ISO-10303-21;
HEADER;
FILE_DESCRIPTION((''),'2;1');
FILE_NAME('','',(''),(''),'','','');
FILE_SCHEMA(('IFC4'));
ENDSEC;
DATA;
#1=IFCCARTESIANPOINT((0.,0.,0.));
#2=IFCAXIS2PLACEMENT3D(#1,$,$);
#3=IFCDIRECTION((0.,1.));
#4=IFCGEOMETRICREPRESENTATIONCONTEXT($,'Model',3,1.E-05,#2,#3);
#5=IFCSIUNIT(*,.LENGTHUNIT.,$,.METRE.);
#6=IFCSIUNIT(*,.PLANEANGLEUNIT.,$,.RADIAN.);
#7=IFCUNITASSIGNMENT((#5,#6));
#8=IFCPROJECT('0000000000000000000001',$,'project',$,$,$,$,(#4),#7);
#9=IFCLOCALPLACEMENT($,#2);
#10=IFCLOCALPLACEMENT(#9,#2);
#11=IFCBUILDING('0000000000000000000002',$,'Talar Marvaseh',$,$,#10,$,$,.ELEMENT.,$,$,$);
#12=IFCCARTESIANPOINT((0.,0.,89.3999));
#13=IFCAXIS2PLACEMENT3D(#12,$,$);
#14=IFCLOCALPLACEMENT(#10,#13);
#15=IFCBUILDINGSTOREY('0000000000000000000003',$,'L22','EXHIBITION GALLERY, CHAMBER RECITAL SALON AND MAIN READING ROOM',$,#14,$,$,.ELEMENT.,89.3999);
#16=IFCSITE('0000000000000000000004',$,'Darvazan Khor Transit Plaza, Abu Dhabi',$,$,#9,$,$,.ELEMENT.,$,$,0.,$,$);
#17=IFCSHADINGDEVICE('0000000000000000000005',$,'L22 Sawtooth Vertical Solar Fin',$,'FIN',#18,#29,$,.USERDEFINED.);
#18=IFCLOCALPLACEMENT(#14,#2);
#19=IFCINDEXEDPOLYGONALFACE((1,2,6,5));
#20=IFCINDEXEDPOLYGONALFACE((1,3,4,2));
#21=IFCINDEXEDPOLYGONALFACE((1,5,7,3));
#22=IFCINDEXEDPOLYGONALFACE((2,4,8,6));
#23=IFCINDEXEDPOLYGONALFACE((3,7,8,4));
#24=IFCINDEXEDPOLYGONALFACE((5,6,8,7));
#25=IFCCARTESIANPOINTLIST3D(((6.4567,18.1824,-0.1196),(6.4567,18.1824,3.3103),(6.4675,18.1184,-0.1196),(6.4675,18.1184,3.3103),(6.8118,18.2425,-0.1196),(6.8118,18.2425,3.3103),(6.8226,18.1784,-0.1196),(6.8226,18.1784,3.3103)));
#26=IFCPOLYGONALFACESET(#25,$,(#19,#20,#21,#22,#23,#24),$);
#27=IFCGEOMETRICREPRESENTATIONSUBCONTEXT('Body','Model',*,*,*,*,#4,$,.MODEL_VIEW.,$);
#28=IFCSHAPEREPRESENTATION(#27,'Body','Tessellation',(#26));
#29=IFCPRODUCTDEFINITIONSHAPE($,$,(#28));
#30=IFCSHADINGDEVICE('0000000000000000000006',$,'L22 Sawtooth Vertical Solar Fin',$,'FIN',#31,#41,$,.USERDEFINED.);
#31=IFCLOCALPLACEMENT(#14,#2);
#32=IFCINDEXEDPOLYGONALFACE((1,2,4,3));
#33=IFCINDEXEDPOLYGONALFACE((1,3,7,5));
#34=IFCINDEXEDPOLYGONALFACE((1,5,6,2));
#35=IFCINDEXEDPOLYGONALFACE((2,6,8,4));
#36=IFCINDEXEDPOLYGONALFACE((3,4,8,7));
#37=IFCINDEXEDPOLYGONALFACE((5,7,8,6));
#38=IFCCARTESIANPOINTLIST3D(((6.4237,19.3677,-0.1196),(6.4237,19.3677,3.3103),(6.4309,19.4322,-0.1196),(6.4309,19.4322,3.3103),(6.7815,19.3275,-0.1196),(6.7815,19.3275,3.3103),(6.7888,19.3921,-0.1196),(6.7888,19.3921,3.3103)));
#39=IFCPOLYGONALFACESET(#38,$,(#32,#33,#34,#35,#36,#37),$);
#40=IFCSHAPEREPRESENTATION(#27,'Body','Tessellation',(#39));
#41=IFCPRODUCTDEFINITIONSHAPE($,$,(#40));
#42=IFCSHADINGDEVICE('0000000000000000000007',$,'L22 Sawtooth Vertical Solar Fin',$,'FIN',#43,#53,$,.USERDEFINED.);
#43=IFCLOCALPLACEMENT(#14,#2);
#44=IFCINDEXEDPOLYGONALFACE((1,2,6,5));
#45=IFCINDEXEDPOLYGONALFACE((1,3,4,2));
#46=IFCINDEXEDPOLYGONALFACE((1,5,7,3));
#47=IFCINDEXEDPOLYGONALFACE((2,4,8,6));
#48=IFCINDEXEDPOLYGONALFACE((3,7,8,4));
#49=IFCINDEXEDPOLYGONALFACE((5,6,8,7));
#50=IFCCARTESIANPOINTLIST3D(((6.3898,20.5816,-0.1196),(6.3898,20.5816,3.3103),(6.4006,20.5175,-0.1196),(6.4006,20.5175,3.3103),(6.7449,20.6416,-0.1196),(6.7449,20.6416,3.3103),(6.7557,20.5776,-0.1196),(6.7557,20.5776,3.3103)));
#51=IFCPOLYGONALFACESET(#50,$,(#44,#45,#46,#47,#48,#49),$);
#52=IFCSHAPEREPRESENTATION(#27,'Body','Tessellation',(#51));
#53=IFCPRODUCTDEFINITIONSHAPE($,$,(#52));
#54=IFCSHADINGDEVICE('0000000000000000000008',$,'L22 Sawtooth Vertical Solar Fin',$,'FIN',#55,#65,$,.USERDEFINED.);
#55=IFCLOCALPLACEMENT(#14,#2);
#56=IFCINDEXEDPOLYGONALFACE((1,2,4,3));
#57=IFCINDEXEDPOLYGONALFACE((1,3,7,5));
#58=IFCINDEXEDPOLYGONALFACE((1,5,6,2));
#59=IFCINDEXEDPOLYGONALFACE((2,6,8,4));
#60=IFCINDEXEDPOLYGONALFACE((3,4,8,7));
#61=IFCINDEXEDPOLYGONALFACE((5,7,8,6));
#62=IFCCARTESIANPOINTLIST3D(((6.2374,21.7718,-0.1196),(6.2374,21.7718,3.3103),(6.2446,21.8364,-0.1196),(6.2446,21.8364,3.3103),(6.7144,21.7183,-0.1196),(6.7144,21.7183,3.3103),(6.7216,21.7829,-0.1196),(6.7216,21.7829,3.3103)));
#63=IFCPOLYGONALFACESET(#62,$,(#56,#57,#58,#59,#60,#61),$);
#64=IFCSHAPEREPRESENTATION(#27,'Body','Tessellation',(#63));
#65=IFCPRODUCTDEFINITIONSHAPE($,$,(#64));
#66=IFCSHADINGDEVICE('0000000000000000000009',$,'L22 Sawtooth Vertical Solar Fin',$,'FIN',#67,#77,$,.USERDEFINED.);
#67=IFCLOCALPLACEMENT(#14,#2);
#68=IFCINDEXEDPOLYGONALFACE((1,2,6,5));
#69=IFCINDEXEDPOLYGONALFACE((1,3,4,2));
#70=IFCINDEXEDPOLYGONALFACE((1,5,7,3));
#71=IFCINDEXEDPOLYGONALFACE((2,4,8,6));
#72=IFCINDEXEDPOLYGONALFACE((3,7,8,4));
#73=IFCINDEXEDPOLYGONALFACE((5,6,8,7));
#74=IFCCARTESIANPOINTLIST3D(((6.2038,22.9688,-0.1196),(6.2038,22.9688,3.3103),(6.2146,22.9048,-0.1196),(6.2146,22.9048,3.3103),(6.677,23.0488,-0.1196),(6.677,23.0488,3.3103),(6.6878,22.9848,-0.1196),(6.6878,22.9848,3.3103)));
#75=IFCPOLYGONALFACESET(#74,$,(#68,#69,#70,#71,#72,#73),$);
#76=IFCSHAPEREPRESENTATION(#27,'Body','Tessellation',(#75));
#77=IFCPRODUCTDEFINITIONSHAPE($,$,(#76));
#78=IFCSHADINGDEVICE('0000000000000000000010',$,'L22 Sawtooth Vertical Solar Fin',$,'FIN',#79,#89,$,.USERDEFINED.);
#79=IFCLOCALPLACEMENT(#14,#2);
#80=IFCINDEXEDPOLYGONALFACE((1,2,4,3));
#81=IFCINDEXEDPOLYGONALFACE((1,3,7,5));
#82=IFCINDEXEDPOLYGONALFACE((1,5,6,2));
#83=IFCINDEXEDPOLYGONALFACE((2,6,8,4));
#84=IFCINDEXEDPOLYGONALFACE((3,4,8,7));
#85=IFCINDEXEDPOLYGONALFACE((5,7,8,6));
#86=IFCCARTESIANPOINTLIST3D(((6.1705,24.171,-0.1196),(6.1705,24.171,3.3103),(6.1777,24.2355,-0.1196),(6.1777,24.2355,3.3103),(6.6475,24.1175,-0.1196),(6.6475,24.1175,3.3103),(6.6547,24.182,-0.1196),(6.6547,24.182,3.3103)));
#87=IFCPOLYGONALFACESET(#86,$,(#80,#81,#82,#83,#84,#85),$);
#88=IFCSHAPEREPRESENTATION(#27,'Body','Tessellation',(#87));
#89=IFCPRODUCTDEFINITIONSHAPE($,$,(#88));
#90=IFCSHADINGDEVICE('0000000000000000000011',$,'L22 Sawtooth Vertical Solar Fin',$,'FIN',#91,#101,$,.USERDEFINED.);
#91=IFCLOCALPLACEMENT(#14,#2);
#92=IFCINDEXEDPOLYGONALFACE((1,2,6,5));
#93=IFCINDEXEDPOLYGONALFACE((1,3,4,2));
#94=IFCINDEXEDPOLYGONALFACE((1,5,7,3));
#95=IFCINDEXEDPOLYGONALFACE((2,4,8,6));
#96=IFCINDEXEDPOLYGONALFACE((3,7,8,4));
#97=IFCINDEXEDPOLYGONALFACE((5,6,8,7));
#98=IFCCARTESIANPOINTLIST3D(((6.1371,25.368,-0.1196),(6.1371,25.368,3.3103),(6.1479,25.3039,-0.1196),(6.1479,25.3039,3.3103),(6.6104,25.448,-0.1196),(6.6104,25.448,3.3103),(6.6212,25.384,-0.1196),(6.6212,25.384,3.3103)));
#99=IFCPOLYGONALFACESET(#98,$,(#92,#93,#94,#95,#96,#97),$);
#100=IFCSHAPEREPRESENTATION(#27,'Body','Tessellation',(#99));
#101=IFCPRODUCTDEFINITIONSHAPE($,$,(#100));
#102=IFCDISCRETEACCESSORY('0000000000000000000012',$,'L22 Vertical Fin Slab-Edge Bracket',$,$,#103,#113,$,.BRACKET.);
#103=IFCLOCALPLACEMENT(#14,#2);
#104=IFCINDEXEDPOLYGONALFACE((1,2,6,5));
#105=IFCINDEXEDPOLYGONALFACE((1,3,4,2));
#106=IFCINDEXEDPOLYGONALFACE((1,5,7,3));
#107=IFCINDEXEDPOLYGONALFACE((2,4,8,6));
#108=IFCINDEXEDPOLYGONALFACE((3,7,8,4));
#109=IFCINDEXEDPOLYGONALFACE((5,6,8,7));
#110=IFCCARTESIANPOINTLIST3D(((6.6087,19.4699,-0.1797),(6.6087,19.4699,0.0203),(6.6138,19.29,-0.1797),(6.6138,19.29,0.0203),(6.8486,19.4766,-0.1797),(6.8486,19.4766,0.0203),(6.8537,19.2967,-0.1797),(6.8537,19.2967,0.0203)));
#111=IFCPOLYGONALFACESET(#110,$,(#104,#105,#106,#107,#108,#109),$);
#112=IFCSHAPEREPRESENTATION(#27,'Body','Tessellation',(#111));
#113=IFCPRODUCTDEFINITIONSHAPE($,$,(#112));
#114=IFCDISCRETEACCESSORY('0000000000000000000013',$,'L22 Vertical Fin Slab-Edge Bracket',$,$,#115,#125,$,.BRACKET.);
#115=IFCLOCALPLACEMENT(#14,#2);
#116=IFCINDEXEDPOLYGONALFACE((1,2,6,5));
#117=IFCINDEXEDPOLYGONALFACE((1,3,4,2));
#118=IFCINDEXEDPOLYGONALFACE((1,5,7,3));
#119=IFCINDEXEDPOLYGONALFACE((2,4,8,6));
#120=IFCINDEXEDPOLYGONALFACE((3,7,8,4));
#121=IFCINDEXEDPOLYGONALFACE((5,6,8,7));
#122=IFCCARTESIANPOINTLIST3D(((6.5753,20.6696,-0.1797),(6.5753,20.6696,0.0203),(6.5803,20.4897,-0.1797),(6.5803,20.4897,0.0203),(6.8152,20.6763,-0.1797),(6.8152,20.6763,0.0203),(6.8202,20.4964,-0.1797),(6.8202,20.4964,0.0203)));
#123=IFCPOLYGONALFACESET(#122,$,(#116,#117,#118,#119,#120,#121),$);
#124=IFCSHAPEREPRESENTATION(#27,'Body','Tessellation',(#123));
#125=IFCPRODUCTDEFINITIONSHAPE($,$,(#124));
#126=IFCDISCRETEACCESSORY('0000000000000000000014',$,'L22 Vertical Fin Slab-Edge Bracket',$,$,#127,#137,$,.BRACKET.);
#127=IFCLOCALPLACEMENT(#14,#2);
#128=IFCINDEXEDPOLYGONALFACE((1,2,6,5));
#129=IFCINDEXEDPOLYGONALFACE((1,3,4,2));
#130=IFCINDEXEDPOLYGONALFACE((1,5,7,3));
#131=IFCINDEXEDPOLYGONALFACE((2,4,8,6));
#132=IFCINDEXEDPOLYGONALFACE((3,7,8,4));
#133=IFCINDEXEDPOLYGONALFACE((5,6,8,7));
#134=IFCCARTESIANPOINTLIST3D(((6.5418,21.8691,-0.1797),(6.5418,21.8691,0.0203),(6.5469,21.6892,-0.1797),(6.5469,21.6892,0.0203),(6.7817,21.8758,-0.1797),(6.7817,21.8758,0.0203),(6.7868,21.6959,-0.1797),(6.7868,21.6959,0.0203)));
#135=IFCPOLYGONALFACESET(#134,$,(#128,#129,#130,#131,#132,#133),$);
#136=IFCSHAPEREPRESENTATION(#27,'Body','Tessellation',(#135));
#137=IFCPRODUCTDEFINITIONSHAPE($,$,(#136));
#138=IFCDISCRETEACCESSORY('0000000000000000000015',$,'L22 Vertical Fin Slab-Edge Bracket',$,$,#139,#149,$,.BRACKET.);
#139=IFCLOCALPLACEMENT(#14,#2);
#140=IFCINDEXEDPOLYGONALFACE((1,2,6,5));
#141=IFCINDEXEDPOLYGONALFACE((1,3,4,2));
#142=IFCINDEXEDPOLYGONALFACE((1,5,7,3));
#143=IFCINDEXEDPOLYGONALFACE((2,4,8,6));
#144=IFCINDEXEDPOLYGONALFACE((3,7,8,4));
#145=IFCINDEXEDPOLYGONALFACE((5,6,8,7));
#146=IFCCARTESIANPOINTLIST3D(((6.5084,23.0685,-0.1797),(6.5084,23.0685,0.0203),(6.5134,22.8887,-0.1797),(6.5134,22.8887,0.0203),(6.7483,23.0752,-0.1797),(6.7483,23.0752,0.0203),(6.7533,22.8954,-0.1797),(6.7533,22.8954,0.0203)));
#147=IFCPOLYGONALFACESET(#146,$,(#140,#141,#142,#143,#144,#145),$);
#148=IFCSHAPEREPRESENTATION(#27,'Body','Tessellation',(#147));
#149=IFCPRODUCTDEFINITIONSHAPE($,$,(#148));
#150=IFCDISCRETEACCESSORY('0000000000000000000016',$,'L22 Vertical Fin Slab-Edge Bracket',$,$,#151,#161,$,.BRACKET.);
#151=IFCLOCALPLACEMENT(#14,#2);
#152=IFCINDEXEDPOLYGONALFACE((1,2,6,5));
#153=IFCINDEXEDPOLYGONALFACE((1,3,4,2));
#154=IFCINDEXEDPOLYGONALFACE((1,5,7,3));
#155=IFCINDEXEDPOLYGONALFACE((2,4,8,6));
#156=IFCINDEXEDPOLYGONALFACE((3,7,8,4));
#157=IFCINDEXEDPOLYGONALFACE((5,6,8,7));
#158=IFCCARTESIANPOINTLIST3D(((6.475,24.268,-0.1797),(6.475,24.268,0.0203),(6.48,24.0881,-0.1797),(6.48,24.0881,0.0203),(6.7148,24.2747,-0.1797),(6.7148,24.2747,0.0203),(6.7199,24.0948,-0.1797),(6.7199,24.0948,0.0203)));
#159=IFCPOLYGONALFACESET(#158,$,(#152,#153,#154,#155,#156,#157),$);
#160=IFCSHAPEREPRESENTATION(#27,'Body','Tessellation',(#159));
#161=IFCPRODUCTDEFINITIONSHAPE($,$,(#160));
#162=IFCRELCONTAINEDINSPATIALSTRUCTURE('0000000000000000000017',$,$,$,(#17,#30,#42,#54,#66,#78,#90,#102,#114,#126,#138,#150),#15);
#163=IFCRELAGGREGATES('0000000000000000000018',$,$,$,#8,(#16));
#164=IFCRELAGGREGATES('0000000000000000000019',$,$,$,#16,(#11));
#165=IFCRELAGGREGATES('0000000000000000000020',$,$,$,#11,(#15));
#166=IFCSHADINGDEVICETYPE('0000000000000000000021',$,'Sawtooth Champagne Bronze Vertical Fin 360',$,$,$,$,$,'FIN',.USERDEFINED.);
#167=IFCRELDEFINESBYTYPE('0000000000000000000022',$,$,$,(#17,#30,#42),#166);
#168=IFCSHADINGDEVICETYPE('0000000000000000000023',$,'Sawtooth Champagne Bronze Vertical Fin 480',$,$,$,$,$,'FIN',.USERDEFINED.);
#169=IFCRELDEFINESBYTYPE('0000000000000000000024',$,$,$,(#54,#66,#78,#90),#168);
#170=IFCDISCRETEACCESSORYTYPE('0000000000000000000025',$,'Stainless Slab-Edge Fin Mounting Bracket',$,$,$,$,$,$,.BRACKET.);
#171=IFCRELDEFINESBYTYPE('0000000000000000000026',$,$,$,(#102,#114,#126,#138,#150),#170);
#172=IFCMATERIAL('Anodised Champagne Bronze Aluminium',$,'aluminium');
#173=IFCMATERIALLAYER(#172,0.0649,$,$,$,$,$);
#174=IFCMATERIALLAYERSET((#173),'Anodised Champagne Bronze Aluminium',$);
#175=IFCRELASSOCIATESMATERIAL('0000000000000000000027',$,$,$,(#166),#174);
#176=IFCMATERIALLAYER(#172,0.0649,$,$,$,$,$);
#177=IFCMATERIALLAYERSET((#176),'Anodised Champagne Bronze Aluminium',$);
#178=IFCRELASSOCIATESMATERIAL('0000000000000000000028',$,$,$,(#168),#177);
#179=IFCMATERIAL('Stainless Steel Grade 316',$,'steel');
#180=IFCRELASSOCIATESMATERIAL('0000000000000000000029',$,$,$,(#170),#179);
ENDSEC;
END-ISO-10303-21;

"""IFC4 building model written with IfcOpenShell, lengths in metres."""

from ifc_helpers import new_model, si_unit, direction, frame, origin, origin_2d, place, context, subcontext, project, spatial, rectangle, extrude, source, transform, mapped, material, layer, layer_set, type_object, type_shapes, element, save


model = new_model("IFC4")

# Units and contexts
model_context = context("Model", 3, precision=1e-05, world=origin(), true_north=direction((0.0, 1.0)))
body_context = subcontext(model_context, "Body", "Model", "MODEL_VIEW")
ifc_project = project(units=[si_unit("LENGTHUNIT", "METRE"), si_unit("PLANEANGLEUNIT", "RADIAN")], contexts=[model_context])

# Site, building, storey
site_placement = place(None, origin())
site = spatial("IfcSite", under=ifc_project, at=site_placement, Name="Darvazan Khor Transit Plaza, Abu Dhabi", CompositionType="ELEMENT", RefElevation=0.0)
building_placement = place(site_placement, origin())
building = spatial("IfcBuilding", under=site, at=building_placement, Name="Talar Marvaseh", CompositionType="ELEMENT")
storey_placement = place(building_placement, frame((0.0, 0.0, 89.3999)))
storey = spatial("IfcBuildingStorey", under=building, at=storey_placement, Name="L22", Description="EXHIBITION GALLERY, CHAMBER RECITAL SALON AND MAIN READING ROOM", CompositionType="ELEMENT", Elevation=89.3999)

# Shading devices
ifc_material_1 = material(Name="Anodised Champagne Bronze Aluminium", Category="aluminium")
ifc_layer_1 = layer(ifc_material_1, 0.0649)
ifc_layer_set_1 = layer_set([ifc_layer_1], Name="Anodised Champagne Bronze Aluminium")
shading_device_type_1 = type_object("IfcShadingDeviceType", Name="Sawtooth Champagne Bronze Vertical Fin 360", ElementType="FIN", PredefinedType="USERDEFINED", material=ifc_layer_set_1)
shared_shape_1 = source(origin(), body_context, "Body", "SweptSolid", [
    extrude(rectangle(XDim=0.3601, YDim=0.0649, at=origin_2d()), origin(), (0.0, 0.0, 1.0), 3.4299),
])
type_shapes(shading_device_type_1, [shared_shape_1])
for number, where, z_axis, x_axis, name in (
    (1, (6.6396, 18.1804, -0.1196), (0.0, 0.0, 1.0), (-0.985996, -0.166769, 0.0), "L22 Sawtooth Vertical Solar Fin"),
    (2, (6.6062, 19.3799, -0.1196), (0.0, 0.0, 1.0), (-0.993768, 0.111469, 0.0), "L22 Sawtooth Vertical Solar Fin"),
    (3, (6.5728, 20.5796, -0.1196), (0.0, 0.0, 1.0), (-0.985996, -0.166769, 0.0), "L22 Sawtooth Vertical Solar Fin"),
):
    element("IfcShadingDevice", number, at=place(storey_placement, frame(where, z_axis=z_axis, x_axis=x_axis)), inside=storey, type_object=shading_device_type_1, Name=name, ObjectType="FIN", PredefinedType="USERDEFINED", context=body_context, shape_type="MappedRepresentation", body=[
        mapped(shared_shape_1, transform((0.0, 0.0, 0.0), x_axis=(1.0, 0.0, 0.0), y_axis=(0.0, 1.0, 0.0), z_axis=(0.0, 0.0, 1.0), scale=1.0)),
    ])
ifc_layer_2 = layer(ifc_material_1, 0.0649)
ifc_layer_set_2 = layer_set([ifc_layer_2], Name="Anodised Champagne Bronze Aluminium")
shading_device_type_2 = type_object("IfcShadingDeviceType", Name="Sawtooth Champagne Bronze Vertical Fin 480", ElementType="FIN", PredefinedType="USERDEFINED", material=ifc_layer_set_2)
shared_shape_2 = source(origin(), body_context, "Body", "SweptSolid", [
    extrude(rectangle(XDim=0.48, YDim=0.0649, at=origin_2d()), origin(), (0.0, 0.0, 1.0), 3.4299),
])
type_shapes(shading_device_type_2, [shared_shape_2])
for number, where, z_axis, x_axis, name in (
    (4, (6.4795, 21.7773, -0.1196), (0.0, 0.0, 1.0), (-0.993768, 0.111469, 0.0), "L22 Sawtooth Vertical Solar Fin"),
    (5, (6.4458, 22.9768, -0.1196), (0.0, 0.0, 1.0), (-0.985996, -0.166769, 0.0), "L22 Sawtooth Vertical Solar Fin"),
    (6, (6.4126, 24.1765, -0.1196), (0.0, 0.0, 1.0), (-0.993768, 0.111469, 0.0), "L22 Sawtooth Vertical Solar Fin"),
    (7, (6.3792, 25.376, -0.1196), (0.0, 0.0, 1.0), (-0.985996, -0.166769, 0.0), "L22 Sawtooth Vertical Solar Fin"),
):
    element("IfcShadingDevice", number, at=place(storey_placement, frame(where, z_axis=z_axis, x_axis=x_axis)), inside=storey, type_object=shading_device_type_2, Name=name, ObjectType="FIN", PredefinedType="USERDEFINED", context=body_context, shape_type="MappedRepresentation", body=[
        mapped(shared_shape_2, transform((0.0, 0.0, 0.0), x_axis=(1.0, 0.0, 0.0), y_axis=(0.0, 1.0, 0.0), z_axis=(0.0, 0.0, 1.0), scale=1.0)),
    ])

# Discrete accessories
ifc_material_2 = material(Name="Stainless Steel Grade 316", Category="steel")
discrete_accessory_type = type_object("IfcDiscreteAccessoryType", Name="Stainless Slab-Edge Fin Mounting Bracket", PredefinedType="BRACKET", material=ifc_material_2)
shared_shape_3 = source(origin(), body_context, "Body", "SweptSolid", [
    extrude(rectangle(XDim=0.24, YDim=0.1799, at=origin_2d()), origin(), (0.0, 0.0, 1.0), 0.2),
])
type_shapes(discrete_accessory_type, [shared_shape_3])
for number, where, z_axis, x_axis, name in (
    (8, (6.7312, 19.3833, -0.1797), (0.0, 0.0, 1.0), (-0.99961, -0.027922, 0.0), "L22 Vertical Fin Slab-Edge Bracket"),
    (9, (6.6978, 20.583, -0.1797), (0.0, 0.0, 1.0), (-0.99961, -0.027922, 0.0), "L22 Vertical Fin Slab-Edge Bracket"),
    (10, (6.6643, 21.7825, -0.1797), (0.0, 0.0, 1.0), (-0.99961, -0.027922, 0.0), "L22 Vertical Fin Slab-Edge Bracket"),
    (11, (6.6309, 22.9819, -0.1797), (0.0, 0.0, 1.0), (-0.99961, -0.027922, 0.0), "L22 Vertical Fin Slab-Edge Bracket"),
    (12, (6.5974, 24.1814, -0.1797), (0.0, 0.0, 1.0), (-0.99961, -0.027922, 0.0), "L22 Vertical Fin Slab-Edge Bracket"),
):
    element("IfcDiscreteAccessory", number, at=place(storey_placement, frame(where, z_axis=z_axis, x_axis=x_axis)), inside=storey, type_object=discrete_accessory_type, Name=name, PredefinedType="BRACKET", context=body_context, shape_type="MappedRepresentation", body=[
        mapped(shared_shape_3, transform((0.0, 0.0, 0.0), x_axis=(1.0, 0.0, 0.0), y_axis=(0.0, 1.0, 0.0), z_axis=(0.0, 0.0, 1.0), scale=1.0)),
    ])

save(model, "model.ifc")
